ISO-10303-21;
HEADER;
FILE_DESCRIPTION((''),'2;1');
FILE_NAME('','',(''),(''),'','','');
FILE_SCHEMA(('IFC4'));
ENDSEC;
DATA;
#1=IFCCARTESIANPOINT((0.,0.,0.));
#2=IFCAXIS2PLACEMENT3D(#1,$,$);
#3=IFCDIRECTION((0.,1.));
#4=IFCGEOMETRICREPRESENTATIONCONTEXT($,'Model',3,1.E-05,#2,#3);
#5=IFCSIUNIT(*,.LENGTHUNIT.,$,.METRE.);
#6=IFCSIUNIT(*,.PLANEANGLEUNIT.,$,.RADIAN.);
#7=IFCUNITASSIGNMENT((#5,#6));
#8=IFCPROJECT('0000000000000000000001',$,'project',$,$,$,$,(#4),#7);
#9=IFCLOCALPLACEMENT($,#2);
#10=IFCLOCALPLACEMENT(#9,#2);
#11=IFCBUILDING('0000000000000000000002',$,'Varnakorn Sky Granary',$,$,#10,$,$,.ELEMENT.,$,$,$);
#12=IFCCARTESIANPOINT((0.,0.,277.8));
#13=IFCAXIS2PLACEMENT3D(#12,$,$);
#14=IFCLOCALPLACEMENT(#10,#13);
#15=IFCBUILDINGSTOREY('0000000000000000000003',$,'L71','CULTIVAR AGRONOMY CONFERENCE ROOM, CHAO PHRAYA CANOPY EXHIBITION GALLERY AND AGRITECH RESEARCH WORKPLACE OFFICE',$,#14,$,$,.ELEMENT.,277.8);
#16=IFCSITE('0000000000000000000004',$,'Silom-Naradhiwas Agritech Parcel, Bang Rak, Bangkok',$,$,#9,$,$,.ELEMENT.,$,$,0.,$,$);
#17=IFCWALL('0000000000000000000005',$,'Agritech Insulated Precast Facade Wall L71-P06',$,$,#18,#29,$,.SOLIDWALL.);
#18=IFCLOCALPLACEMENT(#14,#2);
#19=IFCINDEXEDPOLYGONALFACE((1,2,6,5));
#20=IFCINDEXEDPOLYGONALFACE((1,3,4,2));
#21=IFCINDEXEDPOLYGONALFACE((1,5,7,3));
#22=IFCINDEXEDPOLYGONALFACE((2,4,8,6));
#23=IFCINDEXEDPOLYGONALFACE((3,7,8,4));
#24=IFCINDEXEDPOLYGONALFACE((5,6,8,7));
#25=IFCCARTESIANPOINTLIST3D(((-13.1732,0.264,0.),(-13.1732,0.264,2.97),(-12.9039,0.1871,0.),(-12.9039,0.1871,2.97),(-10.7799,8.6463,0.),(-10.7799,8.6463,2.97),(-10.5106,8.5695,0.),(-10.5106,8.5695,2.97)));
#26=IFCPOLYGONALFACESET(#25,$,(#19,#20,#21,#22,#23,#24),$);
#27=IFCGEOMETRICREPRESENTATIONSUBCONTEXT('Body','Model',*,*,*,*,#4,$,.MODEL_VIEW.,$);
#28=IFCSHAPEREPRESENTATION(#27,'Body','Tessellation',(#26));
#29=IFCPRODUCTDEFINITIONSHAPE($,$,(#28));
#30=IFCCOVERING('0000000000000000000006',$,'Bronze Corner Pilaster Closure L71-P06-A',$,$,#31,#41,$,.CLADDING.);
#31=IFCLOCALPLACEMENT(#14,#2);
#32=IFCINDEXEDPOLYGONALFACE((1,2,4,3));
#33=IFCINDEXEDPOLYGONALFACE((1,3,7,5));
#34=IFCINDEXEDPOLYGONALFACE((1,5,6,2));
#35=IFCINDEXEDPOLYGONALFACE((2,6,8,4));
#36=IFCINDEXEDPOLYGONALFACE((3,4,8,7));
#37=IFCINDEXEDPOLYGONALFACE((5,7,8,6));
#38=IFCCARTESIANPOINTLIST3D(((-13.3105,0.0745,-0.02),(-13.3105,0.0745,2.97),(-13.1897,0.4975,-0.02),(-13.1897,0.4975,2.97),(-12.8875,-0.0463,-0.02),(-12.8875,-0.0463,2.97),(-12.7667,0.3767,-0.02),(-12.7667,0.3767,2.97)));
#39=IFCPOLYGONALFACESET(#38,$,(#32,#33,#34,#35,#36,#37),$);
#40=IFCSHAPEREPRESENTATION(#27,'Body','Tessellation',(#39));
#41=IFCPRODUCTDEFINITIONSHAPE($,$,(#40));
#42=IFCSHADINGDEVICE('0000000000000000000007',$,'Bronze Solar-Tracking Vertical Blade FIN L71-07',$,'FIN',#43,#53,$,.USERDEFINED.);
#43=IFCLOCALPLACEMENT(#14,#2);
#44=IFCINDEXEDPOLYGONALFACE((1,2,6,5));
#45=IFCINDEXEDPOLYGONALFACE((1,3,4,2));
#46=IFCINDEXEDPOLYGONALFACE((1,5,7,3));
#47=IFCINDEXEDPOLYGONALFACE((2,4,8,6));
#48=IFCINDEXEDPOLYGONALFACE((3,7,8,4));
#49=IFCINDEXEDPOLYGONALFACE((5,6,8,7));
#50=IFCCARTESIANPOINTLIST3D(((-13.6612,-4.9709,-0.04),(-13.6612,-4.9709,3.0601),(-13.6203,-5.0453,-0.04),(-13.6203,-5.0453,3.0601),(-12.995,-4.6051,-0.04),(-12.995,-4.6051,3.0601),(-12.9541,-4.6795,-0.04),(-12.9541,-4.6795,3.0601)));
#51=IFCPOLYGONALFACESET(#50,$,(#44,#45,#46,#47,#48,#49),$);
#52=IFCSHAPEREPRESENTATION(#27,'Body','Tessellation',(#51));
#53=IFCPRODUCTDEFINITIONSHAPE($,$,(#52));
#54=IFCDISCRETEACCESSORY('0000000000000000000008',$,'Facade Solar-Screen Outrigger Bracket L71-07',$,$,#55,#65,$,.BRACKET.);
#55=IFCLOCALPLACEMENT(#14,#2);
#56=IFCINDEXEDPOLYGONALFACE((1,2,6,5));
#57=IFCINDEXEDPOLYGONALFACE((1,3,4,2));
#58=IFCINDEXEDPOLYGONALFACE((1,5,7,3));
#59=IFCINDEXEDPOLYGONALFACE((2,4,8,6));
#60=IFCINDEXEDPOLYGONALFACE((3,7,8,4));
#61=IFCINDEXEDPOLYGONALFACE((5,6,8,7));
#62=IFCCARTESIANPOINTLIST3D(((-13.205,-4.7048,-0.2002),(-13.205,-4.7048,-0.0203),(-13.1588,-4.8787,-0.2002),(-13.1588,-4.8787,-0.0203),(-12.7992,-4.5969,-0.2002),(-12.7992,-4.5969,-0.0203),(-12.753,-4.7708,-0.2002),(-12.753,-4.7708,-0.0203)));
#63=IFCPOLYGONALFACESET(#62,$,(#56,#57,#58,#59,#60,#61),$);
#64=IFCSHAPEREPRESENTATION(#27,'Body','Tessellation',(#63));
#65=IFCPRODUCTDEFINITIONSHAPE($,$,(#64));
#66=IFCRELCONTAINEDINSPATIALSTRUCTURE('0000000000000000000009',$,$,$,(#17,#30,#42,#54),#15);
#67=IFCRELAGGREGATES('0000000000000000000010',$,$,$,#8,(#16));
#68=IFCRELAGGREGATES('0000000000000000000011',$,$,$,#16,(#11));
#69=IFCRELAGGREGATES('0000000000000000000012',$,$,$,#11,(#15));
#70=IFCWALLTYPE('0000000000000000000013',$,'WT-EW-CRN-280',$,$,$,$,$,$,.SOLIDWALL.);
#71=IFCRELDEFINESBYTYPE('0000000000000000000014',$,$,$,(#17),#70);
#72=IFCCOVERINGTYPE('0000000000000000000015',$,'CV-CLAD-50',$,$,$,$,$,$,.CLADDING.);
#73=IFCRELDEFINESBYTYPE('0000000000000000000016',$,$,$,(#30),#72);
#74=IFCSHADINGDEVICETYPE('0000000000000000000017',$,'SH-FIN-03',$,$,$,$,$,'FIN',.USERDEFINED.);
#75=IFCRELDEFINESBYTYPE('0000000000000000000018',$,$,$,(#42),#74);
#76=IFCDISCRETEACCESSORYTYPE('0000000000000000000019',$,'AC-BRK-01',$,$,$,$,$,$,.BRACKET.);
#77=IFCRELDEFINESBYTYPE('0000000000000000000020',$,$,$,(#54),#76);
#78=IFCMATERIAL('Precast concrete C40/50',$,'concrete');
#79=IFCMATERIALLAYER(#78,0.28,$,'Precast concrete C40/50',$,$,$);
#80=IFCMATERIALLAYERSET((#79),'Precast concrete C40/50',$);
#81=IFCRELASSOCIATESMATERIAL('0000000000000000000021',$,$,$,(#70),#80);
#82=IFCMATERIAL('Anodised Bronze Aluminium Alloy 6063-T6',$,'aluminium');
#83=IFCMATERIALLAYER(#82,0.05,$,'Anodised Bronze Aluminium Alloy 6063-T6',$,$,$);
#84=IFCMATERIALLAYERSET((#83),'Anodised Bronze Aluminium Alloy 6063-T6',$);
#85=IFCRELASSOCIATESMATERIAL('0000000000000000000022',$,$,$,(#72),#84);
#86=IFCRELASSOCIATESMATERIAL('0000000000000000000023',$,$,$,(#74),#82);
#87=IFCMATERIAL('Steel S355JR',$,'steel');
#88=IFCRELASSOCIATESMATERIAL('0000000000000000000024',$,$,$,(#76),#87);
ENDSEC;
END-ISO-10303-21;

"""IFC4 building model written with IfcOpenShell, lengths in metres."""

from ifc_helpers import new_model, si_unit, direction, frame, frame_2d, origin, origin_2d, place, context, subcontext, project, spatial, rectangle, extrude, source, transform, mapped, material, layer, layer_set, type_object, type_shapes, element, save


model = new_model("IFC4")

# Units and contexts
model_context = context("Model", 3, precision=1e-05, world=origin(), true_north=direction((0.0, 1.0)))
body_context = subcontext(model_context, "Body", "Model", "MODEL_VIEW")
ifc_project = project(units=[si_unit("LENGTHUNIT", "METRE"), si_unit("PLANEANGLEUNIT", "RADIAN")], contexts=[model_context])

# Site, building, storey
site_placement = place(None, origin())
site = spatial("IfcSite", under=ifc_project, at=site_placement, Name="Silom-Naradhiwas Agritech Parcel, Bang Rak, Bangkok", CompositionType="ELEMENT", RefElevation=0.0)
building_placement = place(site_placement, origin())
building = spatial("IfcBuilding", under=site, at=building_placement, Name="Varnakorn Sky Granary", CompositionType="ELEMENT")
storey_placement = place(building_placement, frame((0.0, 0.0, 277.8)))
storey = spatial("IfcBuildingStorey", under=building, at=storey_placement, Name="L71", Description="CULTIVAR AGRONOMY CONFERENCE ROOM, CHAO PHRAYA CANOPY EXHIBITION GALLERY AND AGRITECH RESEARCH WORKPLACE OFFICE", CompositionType="ELEMENT", Elevation=277.8)

# Shared definitions
ifc_material_1 = material(Name="Steel S355JR", Category="steel")

# Shared definitions
ifc_material_2 = material(Name="Anodised Bronze Aluminium Alloy 6063-T6", Category="aluminium")

# Wall
ifc_material_3 = material(Name="Precast concrete C40/50", Category="concrete")
ifc_layer_1 = layer(ifc_material_3, 0.28, Name="Precast concrete C40/50")
ifc_layer_set_1 = layer_set([ifc_layer_1], Name="Precast concrete C40/50")
wall_type = type_object("IfcWallType", Name="WT-EW-CRN-280", PredefinedType="SOLIDWALL", material=ifc_layer_set_1)
wall_placement = place(storey_placement, frame((-13.0386, 0.2256, 0.0), z_axis=(0.0, 0.0, 1.0), x_axis=(0.274547, 0.961574, 0.0)))
element("IfcWall", 1, at=wall_placement, inside=storey, type_object=wall_type, Name="Agritech Insulated Precast Facade Wall L71-P06", PredefinedType="SOLIDWALL", context=body_context, shape_type="SweptSolid", body=[
    extrude(rectangle(XDim=8.7173, YDim=0.28, at=frame_2d((4.3586, 0.0))), origin(), (0.0, 0.0, 1.0), 2.97),
])

# Covering
ifc_layer_2 = layer(ifc_material_2, 0.05, Name="Anodised Bronze Aluminium Alloy 6063-T6")
ifc_layer_set_2 = layer_set([ifc_layer_2], Name="Anodised Bronze Aluminium Alloy 6063-T6")
covering_type = type_object("IfcCoveringType", Name="CV-CLAD-50", PredefinedType="CLADDING", material=ifc_layer_set_2)
shared_shape_1 = source(origin(), body_context, "Body", "SweptSolid", [
    extrude(rectangle(XDim=0.4399, YDim=0.4399, at=origin_2d()), origin(), (0.0, 0.0, 1.0), 2.99),
])
type_shapes(covering_type, [shared_shape_1])
covering_placement = place(storey_placement, frame((-13.0386, 0.2256, -0.02), z_axis=(0.0, 0.0, 1.0), x_axis=(0.274631, 0.96155, 0.0)))
element("IfcCovering", 2, at=covering_placement, inside=storey, type_object=covering_type, Name="Bronze Corner Pilaster Closure L71-P06-A", PredefinedType="CLADDING", context=body_context, shape_type="MappedRepresentation", body=[
    mapped(shared_shape_1, transform((0.0, 0.0, 0.0), x_axis=(1.0, 0.0, 0.0), y_axis=(0.0, 1.0, 0.0), z_axis=(0.0, 0.0, 1.0), scale=1.0)),
])

# Shading device
shading_device_type = type_object("IfcShadingDeviceType", Name="SH-FIN-03", ElementType="FIN", PredefinedType="USERDEFINED", material=ifc_material_2)
shared_shape_2 = source(origin(), body_context, "Body", "SweptSolid", [
    extrude(rectangle(XDim=0.085, YDim=0.76, at=origin_2d()), origin(), (0.0, 0.0, 1.0), 3.1001),
])
type_shapes(shading_device_type, [shared_shape_2])
shading_device_placement = place(storey_placement, frame((-13.3076, -4.8252, -0.04), z_axis=(0.0, 0.0, 1.0), x_axis=(0.481313, -0.876549, 0.0)))
element("IfcShadingDevice", 3, at=shading_device_placement, inside=storey, type_object=shading_device_type, Name="Bronze Solar-Tracking Vertical Blade FIN L71-07", ObjectType="FIN", PredefinedType="USERDEFINED", context=body_context, shape_type="MappedRepresentation", body=[
    mapped(shared_shape_2, transform((0.0, 0.0, 0.0), x_axis=(1.0, 0.0, 0.0), y_axis=(0.0, 1.0, 0.0), z_axis=(0.0, 0.0, 1.0), scale=1.0)),
])

# Discrete accessory
discrete_accessory_type = type_object("IfcDiscreteAccessoryType", Name="AC-BRK-01", PredefinedType="BRACKET", material=ifc_material_1)
shared_shape_3 = source(origin(), body_context, "Body", "SweptSolid", [
    extrude(rectangle(XDim=0.1799, YDim=0.4199, at=origin_2d()), origin(), (0.0, 0.0, 1.0), 0.1799),
])
type_shapes(discrete_accessory_type, [shared_shape_3])
discrete_accessory_placement = place(storey_placement, frame((-12.979, -4.7378, -0.2002), z_axis=(0.0, 0.0, 1.0), x_axis=(0.256827, -0.966457, 0.0)))
element("IfcDiscreteAccessory", 4, at=discrete_accessory_placement, inside=storey, type_object=discrete_accessory_type, Name="Facade Solar-Screen Outrigger Bracket L71-07", PredefinedType="BRACKET", context=body_context, shape_type="MappedRepresentation", body=[
    mapped(shared_shape_3, transform((0.0, 0.0, 0.0), x_axis=(1.0, 0.0, 0.0), y_axis=(0.0, 1.0, 0.0), z_axis=(0.0, 0.0, 1.0), scale=1.0)),
])

save(model, "model.ifc")
